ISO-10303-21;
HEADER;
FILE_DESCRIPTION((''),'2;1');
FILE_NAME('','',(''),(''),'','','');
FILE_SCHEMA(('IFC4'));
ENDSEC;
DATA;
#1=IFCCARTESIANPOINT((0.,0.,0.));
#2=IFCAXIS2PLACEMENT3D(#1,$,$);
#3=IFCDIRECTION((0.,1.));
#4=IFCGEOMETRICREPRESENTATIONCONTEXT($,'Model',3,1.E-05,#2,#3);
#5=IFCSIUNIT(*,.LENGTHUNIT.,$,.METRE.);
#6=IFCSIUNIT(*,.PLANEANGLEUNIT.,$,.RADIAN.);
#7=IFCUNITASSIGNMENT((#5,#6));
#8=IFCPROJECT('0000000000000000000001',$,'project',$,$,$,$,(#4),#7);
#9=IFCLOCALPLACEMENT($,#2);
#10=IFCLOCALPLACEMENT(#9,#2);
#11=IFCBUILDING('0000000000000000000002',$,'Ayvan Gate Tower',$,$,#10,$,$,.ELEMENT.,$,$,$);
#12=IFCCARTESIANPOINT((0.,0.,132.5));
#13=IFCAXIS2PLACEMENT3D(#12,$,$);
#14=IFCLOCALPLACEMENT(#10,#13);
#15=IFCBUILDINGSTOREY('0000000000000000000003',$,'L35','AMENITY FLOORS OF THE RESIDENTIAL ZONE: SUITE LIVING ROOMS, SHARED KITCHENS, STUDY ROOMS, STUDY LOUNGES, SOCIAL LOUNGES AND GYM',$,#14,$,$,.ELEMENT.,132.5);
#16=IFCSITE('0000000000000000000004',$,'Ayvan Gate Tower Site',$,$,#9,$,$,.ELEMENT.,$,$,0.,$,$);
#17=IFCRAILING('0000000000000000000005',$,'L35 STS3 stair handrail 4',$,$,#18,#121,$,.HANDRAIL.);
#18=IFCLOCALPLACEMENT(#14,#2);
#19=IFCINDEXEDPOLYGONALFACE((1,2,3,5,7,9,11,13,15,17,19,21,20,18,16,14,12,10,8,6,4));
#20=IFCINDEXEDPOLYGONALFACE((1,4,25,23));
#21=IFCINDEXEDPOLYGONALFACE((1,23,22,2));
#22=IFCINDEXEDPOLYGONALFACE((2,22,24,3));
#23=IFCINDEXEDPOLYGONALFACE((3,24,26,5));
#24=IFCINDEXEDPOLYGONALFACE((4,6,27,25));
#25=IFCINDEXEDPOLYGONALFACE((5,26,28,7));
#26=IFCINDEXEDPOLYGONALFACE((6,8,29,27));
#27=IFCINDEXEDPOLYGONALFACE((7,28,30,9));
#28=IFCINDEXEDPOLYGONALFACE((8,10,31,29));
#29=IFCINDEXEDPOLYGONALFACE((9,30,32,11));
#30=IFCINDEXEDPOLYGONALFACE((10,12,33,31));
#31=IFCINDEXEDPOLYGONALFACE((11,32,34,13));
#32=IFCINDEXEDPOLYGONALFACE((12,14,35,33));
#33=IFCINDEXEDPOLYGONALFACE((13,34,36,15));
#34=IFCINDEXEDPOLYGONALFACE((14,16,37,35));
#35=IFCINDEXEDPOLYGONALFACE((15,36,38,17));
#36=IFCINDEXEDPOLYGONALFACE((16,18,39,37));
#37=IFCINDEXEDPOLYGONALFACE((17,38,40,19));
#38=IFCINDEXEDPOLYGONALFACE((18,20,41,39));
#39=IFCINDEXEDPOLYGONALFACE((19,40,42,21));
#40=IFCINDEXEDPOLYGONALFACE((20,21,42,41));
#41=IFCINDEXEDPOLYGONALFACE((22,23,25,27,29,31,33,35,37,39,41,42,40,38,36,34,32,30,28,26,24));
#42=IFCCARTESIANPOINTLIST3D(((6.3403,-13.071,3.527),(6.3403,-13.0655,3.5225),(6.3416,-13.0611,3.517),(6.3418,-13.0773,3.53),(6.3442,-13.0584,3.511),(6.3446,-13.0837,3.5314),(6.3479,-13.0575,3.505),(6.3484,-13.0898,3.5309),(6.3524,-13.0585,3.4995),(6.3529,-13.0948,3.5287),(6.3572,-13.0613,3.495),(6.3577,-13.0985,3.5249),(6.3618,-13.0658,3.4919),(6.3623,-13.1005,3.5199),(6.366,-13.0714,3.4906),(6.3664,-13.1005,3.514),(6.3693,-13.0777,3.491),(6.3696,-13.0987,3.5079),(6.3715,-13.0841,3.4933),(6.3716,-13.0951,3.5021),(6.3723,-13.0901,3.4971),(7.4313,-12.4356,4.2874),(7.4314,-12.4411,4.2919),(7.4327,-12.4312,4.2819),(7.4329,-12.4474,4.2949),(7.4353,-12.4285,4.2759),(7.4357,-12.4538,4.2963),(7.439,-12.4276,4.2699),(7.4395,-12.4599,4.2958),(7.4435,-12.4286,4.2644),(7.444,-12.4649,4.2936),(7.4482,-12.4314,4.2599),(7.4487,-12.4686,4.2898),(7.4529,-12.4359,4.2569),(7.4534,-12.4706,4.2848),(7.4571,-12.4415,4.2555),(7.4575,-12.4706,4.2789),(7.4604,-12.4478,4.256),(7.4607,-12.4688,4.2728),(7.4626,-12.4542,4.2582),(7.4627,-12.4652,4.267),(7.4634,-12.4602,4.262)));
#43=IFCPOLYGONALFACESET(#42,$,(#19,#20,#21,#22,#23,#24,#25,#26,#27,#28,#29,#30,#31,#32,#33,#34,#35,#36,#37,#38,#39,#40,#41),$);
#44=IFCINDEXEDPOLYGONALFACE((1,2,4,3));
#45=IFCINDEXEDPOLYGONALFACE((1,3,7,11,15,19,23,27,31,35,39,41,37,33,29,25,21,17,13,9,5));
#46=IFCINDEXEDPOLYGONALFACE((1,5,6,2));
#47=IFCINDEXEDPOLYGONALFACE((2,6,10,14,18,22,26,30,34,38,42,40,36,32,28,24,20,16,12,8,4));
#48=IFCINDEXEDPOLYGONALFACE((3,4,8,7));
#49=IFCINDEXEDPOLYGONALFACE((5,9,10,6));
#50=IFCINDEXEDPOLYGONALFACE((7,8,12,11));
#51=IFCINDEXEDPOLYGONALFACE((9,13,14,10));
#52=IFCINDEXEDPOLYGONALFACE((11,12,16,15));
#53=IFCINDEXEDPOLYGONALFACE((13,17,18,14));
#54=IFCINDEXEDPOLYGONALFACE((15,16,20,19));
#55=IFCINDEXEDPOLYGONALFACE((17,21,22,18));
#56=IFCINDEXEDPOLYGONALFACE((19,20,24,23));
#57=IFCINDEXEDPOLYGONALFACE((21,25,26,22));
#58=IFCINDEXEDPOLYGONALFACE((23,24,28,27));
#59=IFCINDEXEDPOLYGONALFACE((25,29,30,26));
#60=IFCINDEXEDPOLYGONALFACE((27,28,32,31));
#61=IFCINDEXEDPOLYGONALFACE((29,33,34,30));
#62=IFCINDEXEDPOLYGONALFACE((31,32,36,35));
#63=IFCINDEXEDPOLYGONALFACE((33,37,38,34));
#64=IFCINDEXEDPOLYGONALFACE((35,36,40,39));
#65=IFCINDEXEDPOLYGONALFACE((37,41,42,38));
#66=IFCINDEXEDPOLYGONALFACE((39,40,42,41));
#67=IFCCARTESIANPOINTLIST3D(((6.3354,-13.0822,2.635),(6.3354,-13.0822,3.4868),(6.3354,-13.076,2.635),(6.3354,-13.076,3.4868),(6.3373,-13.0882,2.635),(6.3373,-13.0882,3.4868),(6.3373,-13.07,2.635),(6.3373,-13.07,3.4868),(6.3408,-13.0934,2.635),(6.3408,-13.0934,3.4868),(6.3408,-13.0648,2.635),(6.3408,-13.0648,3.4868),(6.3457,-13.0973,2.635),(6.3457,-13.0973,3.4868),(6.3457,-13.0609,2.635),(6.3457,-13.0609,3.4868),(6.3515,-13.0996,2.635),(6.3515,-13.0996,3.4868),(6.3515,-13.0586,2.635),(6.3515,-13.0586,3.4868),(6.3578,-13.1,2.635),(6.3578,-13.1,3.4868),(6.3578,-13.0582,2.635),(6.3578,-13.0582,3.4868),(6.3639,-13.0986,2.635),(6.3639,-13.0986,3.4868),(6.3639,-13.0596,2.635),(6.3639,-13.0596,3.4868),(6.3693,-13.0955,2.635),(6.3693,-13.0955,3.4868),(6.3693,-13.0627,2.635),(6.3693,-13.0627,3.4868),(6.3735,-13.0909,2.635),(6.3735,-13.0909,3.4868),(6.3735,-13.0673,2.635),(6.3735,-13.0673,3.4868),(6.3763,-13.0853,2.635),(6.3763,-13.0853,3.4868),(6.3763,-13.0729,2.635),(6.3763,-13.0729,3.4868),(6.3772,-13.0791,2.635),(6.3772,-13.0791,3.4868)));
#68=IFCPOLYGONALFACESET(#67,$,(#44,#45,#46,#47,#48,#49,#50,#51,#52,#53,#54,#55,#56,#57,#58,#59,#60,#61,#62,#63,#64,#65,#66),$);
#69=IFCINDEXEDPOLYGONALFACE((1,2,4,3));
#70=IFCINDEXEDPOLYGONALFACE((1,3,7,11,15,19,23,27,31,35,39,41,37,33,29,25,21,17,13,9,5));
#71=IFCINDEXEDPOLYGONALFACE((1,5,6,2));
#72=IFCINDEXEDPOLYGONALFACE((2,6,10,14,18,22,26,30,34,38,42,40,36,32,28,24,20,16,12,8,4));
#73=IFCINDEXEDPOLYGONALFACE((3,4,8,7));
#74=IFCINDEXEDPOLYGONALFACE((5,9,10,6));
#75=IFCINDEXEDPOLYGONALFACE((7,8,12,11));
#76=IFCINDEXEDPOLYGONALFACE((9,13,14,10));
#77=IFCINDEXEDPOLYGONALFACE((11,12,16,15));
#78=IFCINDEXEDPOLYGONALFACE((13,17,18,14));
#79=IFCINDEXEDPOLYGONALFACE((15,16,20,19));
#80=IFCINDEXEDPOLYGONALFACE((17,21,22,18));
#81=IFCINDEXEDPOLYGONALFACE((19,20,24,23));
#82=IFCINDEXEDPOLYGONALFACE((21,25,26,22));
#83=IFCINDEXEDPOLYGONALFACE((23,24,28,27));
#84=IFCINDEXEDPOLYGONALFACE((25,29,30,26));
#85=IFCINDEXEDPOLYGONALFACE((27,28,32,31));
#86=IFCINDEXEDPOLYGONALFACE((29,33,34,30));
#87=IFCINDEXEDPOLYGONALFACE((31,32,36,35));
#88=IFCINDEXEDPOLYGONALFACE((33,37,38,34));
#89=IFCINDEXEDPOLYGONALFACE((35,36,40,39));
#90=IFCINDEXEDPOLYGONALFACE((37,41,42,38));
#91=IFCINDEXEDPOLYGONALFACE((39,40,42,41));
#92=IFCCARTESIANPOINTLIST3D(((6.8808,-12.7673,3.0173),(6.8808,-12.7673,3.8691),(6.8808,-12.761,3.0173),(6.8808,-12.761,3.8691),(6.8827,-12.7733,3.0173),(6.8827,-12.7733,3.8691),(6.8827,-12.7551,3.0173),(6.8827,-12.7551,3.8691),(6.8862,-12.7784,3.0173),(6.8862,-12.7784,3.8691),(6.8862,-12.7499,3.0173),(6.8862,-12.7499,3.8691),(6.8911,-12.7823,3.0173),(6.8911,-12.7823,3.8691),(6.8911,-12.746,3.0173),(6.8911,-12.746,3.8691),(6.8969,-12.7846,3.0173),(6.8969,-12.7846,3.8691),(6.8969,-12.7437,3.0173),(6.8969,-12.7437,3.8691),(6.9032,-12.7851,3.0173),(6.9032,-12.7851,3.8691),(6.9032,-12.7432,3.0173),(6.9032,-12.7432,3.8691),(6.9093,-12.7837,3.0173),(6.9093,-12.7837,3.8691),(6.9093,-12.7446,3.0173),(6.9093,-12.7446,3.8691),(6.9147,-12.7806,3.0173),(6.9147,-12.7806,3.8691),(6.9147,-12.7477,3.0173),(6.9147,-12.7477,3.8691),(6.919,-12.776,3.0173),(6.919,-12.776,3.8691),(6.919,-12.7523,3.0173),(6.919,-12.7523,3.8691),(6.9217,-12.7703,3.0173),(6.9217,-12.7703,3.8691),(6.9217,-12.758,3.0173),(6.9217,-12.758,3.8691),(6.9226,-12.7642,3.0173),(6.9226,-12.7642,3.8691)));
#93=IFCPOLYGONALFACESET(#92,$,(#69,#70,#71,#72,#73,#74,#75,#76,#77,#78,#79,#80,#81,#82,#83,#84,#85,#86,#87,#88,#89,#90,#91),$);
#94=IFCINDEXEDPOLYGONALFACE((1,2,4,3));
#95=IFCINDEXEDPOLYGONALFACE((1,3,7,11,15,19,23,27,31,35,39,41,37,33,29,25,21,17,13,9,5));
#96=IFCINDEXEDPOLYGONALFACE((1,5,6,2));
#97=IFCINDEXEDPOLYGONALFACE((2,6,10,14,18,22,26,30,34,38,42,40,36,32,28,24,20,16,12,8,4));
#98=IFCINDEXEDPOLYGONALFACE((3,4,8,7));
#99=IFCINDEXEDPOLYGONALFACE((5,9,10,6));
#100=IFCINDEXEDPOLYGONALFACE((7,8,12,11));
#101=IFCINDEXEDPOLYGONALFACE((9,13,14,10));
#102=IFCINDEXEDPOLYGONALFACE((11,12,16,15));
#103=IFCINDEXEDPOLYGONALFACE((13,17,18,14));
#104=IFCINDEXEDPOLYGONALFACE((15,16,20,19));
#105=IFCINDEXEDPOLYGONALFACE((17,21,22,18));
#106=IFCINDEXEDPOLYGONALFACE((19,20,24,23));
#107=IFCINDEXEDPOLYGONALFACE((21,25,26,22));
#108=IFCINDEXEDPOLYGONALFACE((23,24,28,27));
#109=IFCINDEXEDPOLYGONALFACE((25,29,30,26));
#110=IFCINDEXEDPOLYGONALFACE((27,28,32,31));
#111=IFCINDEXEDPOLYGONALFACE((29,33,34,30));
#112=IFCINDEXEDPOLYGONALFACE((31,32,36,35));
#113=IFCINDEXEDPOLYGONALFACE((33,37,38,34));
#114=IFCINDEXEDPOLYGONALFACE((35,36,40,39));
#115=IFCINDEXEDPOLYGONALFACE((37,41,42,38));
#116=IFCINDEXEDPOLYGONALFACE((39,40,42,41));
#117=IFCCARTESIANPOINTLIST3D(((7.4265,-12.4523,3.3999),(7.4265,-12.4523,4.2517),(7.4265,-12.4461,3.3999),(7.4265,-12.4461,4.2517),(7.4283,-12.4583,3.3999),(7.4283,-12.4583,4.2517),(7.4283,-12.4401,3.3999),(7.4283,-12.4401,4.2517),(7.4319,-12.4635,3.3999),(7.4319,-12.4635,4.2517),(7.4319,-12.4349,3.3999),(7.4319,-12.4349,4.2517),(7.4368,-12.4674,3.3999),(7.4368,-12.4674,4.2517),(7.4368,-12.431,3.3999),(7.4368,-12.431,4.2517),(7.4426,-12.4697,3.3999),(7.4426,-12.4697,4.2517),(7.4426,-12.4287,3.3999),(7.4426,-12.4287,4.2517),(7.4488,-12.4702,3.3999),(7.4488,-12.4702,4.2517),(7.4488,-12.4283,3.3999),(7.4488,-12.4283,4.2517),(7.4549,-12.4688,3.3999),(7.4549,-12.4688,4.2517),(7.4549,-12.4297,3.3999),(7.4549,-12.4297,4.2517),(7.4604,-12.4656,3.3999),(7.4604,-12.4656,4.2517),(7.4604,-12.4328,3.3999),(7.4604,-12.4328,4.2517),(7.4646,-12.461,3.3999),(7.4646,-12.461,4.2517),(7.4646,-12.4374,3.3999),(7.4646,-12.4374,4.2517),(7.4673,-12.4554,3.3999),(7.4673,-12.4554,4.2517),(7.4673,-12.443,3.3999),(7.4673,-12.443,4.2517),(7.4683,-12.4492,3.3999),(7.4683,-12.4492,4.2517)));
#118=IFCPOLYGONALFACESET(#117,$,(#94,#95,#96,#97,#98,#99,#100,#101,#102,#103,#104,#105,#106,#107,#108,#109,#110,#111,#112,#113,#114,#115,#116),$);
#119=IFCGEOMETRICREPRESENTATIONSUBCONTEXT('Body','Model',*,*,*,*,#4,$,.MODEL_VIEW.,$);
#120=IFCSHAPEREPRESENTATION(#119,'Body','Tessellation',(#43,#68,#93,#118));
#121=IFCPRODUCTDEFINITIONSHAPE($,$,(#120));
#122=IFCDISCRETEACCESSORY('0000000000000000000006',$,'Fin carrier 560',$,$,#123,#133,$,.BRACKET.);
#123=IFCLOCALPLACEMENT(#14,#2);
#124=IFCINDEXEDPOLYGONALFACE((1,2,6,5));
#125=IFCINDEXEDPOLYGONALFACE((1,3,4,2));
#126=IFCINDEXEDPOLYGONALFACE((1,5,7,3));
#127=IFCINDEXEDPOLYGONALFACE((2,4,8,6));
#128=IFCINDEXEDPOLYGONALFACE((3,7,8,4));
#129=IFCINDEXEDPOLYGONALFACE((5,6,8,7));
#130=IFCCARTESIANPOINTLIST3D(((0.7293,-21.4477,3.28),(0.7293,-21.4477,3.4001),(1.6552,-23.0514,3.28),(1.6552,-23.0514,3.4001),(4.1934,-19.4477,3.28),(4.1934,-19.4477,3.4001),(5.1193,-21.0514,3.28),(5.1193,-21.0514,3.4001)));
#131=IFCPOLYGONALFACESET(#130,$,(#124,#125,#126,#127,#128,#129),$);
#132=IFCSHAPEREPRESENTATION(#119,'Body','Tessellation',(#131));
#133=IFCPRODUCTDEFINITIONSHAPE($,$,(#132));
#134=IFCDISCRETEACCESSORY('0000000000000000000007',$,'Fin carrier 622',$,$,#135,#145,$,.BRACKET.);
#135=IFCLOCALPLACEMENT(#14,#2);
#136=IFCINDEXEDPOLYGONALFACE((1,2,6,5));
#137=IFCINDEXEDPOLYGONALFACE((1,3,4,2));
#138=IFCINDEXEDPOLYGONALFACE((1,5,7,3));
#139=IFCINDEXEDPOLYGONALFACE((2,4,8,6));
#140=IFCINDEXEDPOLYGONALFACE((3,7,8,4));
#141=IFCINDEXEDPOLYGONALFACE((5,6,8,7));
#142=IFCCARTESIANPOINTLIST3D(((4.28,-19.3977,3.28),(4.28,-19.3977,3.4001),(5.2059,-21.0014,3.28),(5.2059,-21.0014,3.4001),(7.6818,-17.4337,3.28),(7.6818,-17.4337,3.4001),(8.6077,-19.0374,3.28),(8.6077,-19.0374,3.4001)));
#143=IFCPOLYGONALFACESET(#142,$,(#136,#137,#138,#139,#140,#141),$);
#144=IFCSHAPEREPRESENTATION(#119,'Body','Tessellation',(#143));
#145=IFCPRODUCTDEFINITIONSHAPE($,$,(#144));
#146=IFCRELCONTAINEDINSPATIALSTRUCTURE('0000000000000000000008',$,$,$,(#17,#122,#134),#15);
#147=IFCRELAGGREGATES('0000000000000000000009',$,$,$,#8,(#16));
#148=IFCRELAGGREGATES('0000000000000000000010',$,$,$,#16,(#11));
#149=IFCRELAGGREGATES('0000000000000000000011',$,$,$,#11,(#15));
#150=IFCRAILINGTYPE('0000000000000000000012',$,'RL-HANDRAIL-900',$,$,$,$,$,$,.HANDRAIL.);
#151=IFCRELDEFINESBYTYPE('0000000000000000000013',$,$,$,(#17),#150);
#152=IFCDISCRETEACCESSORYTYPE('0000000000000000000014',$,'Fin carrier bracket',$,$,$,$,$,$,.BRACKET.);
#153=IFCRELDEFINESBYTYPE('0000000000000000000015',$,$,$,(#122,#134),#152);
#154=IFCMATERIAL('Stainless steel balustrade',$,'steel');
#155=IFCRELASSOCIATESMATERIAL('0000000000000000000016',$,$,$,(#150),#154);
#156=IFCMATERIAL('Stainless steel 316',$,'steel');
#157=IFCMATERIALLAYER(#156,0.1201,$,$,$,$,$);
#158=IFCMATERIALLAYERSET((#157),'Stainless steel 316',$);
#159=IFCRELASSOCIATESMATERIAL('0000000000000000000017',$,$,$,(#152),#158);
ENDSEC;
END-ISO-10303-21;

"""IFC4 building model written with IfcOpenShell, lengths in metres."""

from ifc_helpers import new_model, si_unit, direction, frame, origin, origin_2d, place, context, subcontext, project, spatial, rectangle, circle, extrude, material, layer, layer_set, type_object, element, save


model = new_model("IFC4")

# Units and contexts
model_context = context("Model", 3, precision=1e-05, world=origin(), true_north=direction((0.0, 1.0)))
body_context = subcontext(model_context, "Body", "Model", "MODEL_VIEW")
ifc_project = project(units=[si_unit("LENGTHUNIT", "METRE"), si_unit("PLANEANGLEUNIT", "RADIAN")], contexts=[model_context])

# Site, building, storey
site_placement = place(None, origin())
site = spatial("IfcSite", under=ifc_project, at=site_placement, Name="Ayvan Gate Tower Site", CompositionType="ELEMENT", RefElevation=0.0)
building_placement = place(site_placement, origin())
building = spatial("IfcBuilding", under=site, at=building_placement, Name="Ayvan Gate Tower", CompositionType="ELEMENT")
storey_placement = place(building_placement, frame((0.0, 0.0, 132.5)))
storey = spatial("IfcBuildingStorey", under=building, at=storey_placement, Name="L35", Description="AMENITY FLOORS OF THE RESIDENTIAL ZONE: SUITE LIVING ROOMS, SHARED KITCHENS, STUDY ROOMS, STUDY LOUNGES, SOCIAL LOUNGES AND GYM", CompositionType="ELEMENT", Elevation=132.5)

# Railing
ifc_material_1 = material(Name="Stainless steel balustrade", Category="steel")
railing_type_1 = type_object("IfcRailingType", Name="RL-HANDRAIL-900", PredefinedType="HANDRAIL", material=ifc_material_1)
railing_1_placement = place(storey_placement, frame((6.3562, -13.0791, 2.635)))
element("IfcRailing", 1, at=railing_1_placement, inside=storey, type_object=railing_type_1, Name="L35 STS3 stair handrail 4", PredefinedType="HANDRAIL", context=body_context, shape_type="SweptSolid", body=[
    extrude(circle(Radius=0.0239, at=origin_2d()), frame((0.0, 0.0, 0.876), z_axis=(0.740282, 0.427372, 0.518976), x_axis=(-0.499974, 0.86604, 0.0)), (0.0, 0.0, 1.0), 1.4739),
    extrude(circle(Radius=0.021, at=origin_2d()), origin(), (0.0, 0.0, 1.0), 0.8518),
    extrude(circle(Radius=0.021, at=origin_2d()), frame((0.5454, 0.3149, 0.3823)), (0.0, 0.0, 1.0), 0.8518),
    extrude(circle(Radius=0.021, at=origin_2d()), frame((1.0911, 0.6299, 0.7649)), (0.0, 0.0, 1.0), 0.8518),
])

# Discrete accessories
ifc_material_2 = material(Name="Stainless steel 316", Category="steel")
ifc_layer_1 = layer(ifc_material_2, 0.1201)
ifc_layer_set_1 = layer_set([ifc_layer_1], Name="Stainless steel 316")
discrete_accessory_type = type_object("IfcDiscreteAccessoryType", Name="Fin carrier bracket", PredefinedType="BRACKET", material=ifc_layer_set_1)
discrete_accessory_1_placement = place(storey_placement, frame((2.9243, -21.2495, 3.28), z_axis=(0.0, 0.0, 1.0), x_axis=(0.866025, 0.5, 0.0)))
element("IfcDiscreteAccessory", 2, at=discrete_accessory_1_placement, inside=storey, type_object=discrete_accessory_type, Name="Fin carrier 560", PredefinedType="BRACKET", context=body_context, shape_type="SweptSolid", body=[
    extrude(rectangle(XDim=4.0, YDim=1.8518, at=origin_2d()), origin(), (0.0, 0.0, 1.0), 0.1201),
])
discrete_accessory_2_placement = place(storey_placement, frame((6.4438, -19.2175, 3.28), z_axis=(0.0, 0.0, 1.0), x_axis=(0.866025, 0.5, 0.0)))
element("IfcDiscreteAccessory", 3, at=discrete_accessory_2_placement, inside=storey, type_object=discrete_accessory_type, Name="Fin carrier 622", PredefinedType="BRACKET", context=body_context, shape_type="SweptSolid", body=[
    extrude(rectangle(XDim=3.928, YDim=1.8518, at=origin_2d()), origin(), (0.0, 0.0, 1.0), 0.1201),
])

save(model, "model.ifc")
